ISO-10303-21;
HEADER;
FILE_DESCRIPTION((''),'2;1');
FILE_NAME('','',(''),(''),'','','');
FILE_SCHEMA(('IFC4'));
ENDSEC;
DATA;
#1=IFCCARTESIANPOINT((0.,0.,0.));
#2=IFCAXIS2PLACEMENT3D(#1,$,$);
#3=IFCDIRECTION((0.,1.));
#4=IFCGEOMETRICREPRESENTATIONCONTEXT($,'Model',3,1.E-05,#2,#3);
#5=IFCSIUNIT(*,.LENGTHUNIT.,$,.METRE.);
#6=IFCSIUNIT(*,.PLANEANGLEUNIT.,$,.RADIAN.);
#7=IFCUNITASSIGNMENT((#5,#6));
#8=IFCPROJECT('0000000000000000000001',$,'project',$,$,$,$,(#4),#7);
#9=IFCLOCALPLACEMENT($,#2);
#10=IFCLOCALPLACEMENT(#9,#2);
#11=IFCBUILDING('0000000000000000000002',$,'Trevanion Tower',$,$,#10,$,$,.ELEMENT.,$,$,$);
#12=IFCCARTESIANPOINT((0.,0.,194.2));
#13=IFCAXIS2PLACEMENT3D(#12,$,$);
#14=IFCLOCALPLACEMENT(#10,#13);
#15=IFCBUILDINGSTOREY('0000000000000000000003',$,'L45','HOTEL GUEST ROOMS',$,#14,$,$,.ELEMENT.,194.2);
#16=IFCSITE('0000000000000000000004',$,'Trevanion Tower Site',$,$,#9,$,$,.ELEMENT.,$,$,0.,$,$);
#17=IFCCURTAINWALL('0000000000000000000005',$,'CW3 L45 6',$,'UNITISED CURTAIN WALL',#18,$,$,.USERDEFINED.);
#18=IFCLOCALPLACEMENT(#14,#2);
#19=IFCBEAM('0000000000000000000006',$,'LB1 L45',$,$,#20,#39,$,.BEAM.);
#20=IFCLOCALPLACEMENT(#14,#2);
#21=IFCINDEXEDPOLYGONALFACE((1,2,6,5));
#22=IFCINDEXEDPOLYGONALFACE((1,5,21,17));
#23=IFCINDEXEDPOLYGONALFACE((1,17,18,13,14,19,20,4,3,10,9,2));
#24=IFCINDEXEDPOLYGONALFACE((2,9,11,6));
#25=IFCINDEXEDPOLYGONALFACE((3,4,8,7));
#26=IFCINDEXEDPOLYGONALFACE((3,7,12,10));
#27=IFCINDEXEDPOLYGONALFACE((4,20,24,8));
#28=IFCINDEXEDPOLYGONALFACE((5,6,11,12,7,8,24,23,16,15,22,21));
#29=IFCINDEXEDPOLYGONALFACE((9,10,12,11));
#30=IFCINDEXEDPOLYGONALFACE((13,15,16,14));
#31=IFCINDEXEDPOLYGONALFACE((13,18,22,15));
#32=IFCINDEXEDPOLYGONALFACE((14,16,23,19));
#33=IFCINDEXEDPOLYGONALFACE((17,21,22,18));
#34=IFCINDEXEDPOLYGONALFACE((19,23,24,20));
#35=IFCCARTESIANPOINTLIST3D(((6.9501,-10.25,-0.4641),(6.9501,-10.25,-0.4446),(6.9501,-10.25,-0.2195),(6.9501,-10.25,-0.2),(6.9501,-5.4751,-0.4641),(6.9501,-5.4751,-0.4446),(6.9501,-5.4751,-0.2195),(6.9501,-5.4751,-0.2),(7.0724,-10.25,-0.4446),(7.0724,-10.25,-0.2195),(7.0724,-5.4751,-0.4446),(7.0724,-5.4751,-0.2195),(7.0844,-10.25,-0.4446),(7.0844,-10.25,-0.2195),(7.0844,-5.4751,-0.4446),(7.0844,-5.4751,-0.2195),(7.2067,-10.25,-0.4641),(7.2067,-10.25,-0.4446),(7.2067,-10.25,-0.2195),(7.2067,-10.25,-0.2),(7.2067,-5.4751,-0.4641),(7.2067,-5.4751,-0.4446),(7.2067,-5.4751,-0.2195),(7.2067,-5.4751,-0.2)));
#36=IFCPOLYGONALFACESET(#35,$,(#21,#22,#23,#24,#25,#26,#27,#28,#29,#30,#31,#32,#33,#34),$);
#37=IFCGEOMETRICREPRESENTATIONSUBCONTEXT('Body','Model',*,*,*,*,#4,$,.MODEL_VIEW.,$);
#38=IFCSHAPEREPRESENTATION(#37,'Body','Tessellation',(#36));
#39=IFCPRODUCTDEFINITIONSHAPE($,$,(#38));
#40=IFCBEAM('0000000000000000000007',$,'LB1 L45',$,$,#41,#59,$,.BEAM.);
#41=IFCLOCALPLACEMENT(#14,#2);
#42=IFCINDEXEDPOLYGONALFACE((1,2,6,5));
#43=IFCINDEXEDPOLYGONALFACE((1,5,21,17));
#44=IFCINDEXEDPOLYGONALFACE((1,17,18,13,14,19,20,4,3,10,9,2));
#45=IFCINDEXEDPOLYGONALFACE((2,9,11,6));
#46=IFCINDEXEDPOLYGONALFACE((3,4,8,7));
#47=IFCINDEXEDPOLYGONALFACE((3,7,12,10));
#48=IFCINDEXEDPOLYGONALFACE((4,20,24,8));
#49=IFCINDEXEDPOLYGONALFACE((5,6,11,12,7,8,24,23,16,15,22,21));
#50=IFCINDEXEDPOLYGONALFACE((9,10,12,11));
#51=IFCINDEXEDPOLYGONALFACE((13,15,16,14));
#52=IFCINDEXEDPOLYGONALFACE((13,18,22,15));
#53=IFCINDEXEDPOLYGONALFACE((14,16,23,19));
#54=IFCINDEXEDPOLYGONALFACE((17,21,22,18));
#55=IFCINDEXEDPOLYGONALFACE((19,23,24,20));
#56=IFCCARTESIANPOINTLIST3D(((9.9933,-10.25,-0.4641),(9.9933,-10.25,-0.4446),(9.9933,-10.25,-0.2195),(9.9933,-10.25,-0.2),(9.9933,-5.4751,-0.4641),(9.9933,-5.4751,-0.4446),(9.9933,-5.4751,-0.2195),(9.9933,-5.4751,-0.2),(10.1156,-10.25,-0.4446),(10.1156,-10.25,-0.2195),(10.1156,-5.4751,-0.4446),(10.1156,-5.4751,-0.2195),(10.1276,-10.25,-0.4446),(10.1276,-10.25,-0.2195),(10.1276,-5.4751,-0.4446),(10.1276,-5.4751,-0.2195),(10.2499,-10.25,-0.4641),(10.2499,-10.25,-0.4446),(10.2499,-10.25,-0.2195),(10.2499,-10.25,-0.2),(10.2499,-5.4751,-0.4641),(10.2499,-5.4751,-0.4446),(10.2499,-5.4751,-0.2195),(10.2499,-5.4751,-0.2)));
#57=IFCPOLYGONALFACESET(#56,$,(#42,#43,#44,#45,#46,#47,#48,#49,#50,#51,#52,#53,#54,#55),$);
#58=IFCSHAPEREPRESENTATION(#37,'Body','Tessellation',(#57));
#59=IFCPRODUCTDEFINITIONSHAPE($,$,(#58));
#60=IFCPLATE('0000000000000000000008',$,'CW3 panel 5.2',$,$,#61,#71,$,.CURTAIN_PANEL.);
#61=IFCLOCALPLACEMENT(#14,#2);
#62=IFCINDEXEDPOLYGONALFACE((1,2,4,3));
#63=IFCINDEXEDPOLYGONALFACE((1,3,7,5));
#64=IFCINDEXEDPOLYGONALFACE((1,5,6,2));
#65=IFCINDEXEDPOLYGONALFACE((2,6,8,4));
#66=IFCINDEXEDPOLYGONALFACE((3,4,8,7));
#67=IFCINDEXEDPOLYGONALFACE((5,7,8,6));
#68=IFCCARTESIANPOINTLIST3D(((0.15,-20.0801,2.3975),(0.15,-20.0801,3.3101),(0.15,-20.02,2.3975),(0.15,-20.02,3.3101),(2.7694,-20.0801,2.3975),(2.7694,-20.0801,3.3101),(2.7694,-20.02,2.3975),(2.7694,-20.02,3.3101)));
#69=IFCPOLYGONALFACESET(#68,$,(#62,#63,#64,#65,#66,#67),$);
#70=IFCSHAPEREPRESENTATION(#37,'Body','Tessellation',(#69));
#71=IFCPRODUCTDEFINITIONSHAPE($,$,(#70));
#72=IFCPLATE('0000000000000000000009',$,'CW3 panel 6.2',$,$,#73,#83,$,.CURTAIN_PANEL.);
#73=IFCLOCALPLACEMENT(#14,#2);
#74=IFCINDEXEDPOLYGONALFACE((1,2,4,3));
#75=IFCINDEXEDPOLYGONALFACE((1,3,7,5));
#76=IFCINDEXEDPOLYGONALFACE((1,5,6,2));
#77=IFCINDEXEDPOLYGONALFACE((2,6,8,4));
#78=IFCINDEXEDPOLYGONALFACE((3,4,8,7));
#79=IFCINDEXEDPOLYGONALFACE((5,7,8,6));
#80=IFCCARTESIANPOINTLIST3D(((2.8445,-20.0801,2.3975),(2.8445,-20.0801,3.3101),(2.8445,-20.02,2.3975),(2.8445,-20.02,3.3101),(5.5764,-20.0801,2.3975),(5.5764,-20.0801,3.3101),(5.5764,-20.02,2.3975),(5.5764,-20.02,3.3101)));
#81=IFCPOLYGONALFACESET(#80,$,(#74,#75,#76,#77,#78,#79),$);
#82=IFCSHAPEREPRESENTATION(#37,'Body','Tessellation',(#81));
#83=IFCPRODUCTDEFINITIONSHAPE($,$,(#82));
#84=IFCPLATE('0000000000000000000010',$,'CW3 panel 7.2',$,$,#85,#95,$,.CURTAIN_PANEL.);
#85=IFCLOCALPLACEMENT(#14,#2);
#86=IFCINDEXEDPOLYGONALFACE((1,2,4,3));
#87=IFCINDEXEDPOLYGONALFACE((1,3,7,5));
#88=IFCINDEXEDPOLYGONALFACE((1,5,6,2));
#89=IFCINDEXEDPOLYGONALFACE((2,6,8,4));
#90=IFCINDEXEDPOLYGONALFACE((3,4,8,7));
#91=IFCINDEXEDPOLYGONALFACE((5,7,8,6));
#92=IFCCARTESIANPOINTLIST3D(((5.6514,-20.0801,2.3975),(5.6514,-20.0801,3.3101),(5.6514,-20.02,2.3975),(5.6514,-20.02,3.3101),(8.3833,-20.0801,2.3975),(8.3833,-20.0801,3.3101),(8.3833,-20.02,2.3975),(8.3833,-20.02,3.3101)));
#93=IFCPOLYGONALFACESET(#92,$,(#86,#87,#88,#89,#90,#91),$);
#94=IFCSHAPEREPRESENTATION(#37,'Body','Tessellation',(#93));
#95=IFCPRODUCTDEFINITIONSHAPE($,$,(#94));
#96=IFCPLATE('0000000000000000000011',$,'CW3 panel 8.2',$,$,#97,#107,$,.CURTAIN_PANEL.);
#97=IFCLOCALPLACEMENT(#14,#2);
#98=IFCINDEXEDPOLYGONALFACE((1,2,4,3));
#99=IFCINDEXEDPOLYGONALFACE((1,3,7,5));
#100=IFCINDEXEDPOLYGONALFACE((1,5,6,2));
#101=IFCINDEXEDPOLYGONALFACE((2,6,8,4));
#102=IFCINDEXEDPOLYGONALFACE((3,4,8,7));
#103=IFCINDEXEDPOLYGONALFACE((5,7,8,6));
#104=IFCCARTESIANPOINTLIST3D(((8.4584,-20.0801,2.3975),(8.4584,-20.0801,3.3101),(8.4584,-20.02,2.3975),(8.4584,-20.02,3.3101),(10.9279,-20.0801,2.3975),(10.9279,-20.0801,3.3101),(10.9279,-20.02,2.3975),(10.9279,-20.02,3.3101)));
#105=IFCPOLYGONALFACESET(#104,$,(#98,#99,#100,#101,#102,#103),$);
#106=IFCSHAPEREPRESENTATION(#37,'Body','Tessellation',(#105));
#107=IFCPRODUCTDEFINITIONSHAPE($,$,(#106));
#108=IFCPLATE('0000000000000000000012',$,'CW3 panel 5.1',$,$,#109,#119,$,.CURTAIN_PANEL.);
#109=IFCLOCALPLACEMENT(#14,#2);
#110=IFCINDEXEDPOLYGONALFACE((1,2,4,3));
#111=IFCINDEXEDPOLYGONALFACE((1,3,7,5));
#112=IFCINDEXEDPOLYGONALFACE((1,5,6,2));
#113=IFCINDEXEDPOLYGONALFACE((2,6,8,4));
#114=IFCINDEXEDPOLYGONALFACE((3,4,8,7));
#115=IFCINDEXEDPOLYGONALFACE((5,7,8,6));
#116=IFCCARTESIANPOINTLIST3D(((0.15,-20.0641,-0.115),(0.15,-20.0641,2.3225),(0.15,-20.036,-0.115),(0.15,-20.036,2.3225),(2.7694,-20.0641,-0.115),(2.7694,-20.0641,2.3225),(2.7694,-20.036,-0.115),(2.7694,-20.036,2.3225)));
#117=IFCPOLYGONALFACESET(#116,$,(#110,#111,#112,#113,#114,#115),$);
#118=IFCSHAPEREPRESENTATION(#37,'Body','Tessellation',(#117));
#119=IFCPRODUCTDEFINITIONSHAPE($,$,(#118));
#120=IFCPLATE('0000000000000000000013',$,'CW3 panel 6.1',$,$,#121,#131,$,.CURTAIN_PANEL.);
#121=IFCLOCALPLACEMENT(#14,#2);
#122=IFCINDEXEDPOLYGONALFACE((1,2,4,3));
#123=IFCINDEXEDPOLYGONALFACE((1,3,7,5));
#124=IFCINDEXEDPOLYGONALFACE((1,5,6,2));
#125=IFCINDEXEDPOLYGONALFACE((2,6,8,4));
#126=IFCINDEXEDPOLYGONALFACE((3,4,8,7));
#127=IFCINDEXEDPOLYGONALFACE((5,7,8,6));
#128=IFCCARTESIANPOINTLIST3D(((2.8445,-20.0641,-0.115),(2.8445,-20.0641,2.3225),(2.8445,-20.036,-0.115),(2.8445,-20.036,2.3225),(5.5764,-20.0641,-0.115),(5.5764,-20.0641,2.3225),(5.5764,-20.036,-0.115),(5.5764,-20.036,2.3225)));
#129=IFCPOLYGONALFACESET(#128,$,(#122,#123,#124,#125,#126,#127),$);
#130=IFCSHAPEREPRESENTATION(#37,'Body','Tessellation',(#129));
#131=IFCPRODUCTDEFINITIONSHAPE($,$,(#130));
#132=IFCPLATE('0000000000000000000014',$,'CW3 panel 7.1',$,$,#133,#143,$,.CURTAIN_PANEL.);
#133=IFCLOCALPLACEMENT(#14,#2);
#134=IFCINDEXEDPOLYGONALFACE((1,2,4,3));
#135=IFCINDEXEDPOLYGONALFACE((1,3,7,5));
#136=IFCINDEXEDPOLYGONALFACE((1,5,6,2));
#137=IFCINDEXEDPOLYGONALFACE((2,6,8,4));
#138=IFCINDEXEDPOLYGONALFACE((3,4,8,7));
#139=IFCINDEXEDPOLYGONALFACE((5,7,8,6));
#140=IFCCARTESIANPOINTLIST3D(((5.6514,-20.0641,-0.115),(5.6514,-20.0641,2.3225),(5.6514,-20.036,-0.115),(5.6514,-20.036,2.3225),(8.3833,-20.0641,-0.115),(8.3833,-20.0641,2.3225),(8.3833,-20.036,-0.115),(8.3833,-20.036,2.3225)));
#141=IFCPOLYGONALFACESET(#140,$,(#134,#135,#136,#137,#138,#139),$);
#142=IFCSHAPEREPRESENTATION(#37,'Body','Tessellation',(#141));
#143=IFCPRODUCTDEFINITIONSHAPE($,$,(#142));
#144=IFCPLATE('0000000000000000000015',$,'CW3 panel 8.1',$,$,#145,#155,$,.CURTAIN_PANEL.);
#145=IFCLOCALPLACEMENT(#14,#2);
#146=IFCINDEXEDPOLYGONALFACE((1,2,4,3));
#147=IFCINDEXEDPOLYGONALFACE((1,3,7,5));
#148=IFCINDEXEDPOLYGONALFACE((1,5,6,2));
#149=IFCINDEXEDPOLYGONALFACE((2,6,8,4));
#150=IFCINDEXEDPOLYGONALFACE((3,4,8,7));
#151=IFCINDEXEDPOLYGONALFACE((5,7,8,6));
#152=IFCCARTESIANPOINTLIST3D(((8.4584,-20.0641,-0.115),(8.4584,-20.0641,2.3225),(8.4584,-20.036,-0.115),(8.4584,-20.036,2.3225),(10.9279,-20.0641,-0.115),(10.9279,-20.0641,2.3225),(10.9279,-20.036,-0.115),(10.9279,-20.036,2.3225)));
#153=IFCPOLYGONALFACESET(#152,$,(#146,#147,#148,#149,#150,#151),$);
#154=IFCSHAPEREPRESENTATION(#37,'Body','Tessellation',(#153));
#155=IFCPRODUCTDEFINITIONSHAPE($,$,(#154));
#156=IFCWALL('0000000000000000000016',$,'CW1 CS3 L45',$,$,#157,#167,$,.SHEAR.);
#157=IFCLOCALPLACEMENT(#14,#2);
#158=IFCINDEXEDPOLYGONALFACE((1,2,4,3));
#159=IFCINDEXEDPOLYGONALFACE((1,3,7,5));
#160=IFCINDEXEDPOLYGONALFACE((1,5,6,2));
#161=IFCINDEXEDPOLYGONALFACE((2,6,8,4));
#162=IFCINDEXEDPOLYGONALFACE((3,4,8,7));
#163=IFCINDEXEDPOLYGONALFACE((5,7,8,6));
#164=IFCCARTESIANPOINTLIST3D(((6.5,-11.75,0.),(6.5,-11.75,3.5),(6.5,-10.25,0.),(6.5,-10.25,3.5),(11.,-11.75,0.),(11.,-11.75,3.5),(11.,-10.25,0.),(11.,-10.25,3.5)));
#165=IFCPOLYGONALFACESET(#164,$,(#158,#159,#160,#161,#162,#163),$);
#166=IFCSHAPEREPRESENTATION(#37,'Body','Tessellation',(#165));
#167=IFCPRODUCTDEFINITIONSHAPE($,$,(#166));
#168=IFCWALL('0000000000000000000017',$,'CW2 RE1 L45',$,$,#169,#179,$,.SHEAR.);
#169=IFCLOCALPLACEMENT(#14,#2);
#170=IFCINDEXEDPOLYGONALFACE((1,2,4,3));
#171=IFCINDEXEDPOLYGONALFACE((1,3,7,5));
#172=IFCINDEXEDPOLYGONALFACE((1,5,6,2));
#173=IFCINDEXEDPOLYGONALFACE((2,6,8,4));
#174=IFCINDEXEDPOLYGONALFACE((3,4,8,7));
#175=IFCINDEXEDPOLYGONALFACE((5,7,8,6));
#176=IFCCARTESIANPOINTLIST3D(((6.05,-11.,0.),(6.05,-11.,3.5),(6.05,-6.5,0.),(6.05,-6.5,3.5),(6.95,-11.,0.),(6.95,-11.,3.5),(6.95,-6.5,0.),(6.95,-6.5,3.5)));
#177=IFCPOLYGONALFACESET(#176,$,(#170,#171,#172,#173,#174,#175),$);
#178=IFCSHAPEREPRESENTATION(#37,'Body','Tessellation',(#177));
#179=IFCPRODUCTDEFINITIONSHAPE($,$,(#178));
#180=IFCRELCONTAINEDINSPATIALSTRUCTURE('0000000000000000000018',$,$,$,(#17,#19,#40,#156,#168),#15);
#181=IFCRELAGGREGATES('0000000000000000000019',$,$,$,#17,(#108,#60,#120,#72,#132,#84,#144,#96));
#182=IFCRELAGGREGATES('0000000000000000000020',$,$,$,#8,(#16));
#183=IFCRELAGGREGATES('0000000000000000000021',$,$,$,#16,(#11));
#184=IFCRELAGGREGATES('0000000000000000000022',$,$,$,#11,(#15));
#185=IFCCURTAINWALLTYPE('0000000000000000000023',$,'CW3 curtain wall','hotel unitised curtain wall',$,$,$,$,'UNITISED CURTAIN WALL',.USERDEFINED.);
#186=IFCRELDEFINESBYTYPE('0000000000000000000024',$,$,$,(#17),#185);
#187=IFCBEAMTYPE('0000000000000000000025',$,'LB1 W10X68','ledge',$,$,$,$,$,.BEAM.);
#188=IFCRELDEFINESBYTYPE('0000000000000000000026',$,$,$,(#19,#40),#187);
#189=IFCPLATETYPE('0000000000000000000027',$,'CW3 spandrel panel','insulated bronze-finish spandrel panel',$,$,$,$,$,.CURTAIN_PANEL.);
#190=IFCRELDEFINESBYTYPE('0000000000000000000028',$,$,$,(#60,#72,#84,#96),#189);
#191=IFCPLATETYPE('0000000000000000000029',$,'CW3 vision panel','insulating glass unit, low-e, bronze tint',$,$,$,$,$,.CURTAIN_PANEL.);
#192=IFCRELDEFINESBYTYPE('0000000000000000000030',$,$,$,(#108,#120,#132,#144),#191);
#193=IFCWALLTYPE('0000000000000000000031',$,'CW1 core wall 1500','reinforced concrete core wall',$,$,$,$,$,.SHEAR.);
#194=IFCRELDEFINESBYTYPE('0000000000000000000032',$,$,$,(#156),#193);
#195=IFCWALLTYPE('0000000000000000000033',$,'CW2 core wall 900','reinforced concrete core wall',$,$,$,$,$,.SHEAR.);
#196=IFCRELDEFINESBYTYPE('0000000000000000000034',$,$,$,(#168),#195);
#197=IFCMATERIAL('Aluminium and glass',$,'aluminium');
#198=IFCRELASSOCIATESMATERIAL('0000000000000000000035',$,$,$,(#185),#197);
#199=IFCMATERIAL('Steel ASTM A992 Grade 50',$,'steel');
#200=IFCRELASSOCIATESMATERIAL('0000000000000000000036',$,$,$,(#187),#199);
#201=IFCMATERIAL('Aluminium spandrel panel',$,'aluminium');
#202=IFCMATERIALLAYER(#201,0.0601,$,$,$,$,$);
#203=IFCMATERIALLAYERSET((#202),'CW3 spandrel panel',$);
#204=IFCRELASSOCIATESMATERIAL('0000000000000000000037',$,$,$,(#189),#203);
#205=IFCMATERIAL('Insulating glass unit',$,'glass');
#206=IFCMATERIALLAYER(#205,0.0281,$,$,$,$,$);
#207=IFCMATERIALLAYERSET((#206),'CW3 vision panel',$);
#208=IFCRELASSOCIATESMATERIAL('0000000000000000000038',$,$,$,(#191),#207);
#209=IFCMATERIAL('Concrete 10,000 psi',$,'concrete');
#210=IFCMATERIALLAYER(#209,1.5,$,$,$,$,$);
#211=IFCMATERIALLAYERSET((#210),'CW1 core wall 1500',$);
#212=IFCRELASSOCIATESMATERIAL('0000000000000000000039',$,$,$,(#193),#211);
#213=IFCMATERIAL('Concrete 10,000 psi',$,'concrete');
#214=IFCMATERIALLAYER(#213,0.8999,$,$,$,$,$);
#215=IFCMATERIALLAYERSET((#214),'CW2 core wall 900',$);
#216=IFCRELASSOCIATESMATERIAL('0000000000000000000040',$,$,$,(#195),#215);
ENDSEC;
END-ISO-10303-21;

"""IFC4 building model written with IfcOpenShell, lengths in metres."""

from ifc_helpers import new_model, si_unit, direction, frame, frame_2d, origin, origin_2d, place, context, subcontext, project, spatial, rectangle, i_section, extrude, material, layer, layer_set, material_profile, profile_set, type_object, element, aggregate, save


model = new_model("IFC4")

# Units and contexts
model_context = context("Model", 3, precision=1e-05, world=origin(), true_north=direction((0.0, 1.0)))
body_context = subcontext(model_context, "Body", "Model", "MODEL_VIEW")
ifc_project = project(units=[si_unit("LENGTHUNIT", "METRE"), si_unit("PLANEANGLEUNIT", "RADIAN")], contexts=[model_context])

# Site, building, storey
site_placement = place(None, origin())
site = spatial("IfcSite", under=ifc_project, at=site_placement, Name="Trevanion Tower Site", CompositionType="ELEMENT", RefElevation=0.0)
building_placement = place(site_placement, origin())
building = spatial("IfcBuilding", under=site, at=building_placement, Name="Trevanion Tower", CompositionType="ELEMENT")
storey_placement = place(building_placement, frame((0.0, 0.0, 194.2)))
storey = spatial("IfcBuildingStorey", under=building, at=storey_placement, Name="L45", Description="HOTEL GUEST ROOMS", CompositionType="ELEMENT", Elevation=194.2)

# Curtain wall
ifc_material_1 = material(Name="Aluminium and glass", Category="aluminium")
curtain_wall_type = type_object("IfcCurtainWallType", Name="CW3 curtain wall", Description="hotel unitised curtain wall", ElementType="UNITISED CURTAIN WALL", PredefinedType="USERDEFINED", material=ifc_material_1)
curtain_wall_placement = place(storey_placement, origin())
curtain_wall = element("IfcCurtainWall", 1, at=curtain_wall_placement, inside=storey, type_object=curtain_wall_type, Name="CW3 L45 6", ObjectType="UNITISED CURTAIN WALL", PredefinedType="USERDEFINED")

# Beams
ifc_material_2 = material(Name="Steel ASTM A992 Grade 50", Category="steel")
ifc_material_profile_1 = material_profile(ifc_material_2, i_section(OverallWidth=0.2566, OverallDepth=0.2642, WebThickness=0.012, FlangeThickness=0.0195, at=origin_2d()), Name="W10X68")
ifc_profile_set_1 = profile_set([ifc_material_profile_1], Name="Steel ASTM A992 Grade 50")
beam_type_1 = type_object("IfcBeamType", Name="LB1 W10X68", Description="ledge", PredefinedType="BEAM", material=ifc_profile_set_1)
for number, where, z_axis, x_axis, name in (
    (2, (7.0784, -10.25, -0.332), (0.0, 1.0, 0.0), (-1.0, 0.0, 0.0), "LB1 L45"),
    (3, (10.1216, -10.25, -0.332), (0.0, 1.0, 0.0), (-1.0, 0.0, 0.0), "LB1 L45"),
):
    element("IfcBeam", number, at=place(storey_placement, frame(where, z_axis=z_axis, x_axis=x_axis)), inside=storey, type_object=beam_type_1, Name=name, PredefinedType="BEAM", context=body_context, shape_type="SweptSolid", body=[
        extrude(i_section(OverallWidth=0.2566, OverallDepth=0.2642, WebThickness=0.012, FlangeThickness=0.0195, at=origin_2d()), origin(), (0.0, 0.0, 1.0), 4.7749),
    ])

# Plates
ifc_material_3 = material(Name="Aluminium spandrel panel", Category="aluminium")
ifc_layer_1 = layer(ifc_material_3, 0.0601)
ifc_layer_set_1 = layer_set([ifc_layer_1], Name="CW3 spandrel panel")
plate_type_1 = type_object("IfcPlateType", Name="CW3 spandrel panel", Description="insulated bronze-finish spandrel panel", PredefinedType="CURTAIN_PANEL", material=ifc_layer_set_1)
plate_1_placement = place(storey_placement, frame((1.4597, -20.05, 2.3975), z_axis=(0.0, 0.0, 1.0), x_axis=(1.0, 0.0, 0.0)))
plate_1 = element("IfcPlate", 4, at=plate_1_placement, type_object=plate_type_1, Name="CW3 panel 5.2", PredefinedType="CURTAIN_PANEL", context=body_context, shape_type="SweptSolid", body=[
    extrude(rectangle(XDim=2.6194, YDim=0.0601, at=origin_2d()), origin(), (0.0, 0.0, 1.0), 0.9126),
])
plate_2_placement = place(storey_placement, frame((4.2104, -20.05, 2.3975), z_axis=(0.0, 0.0, 1.0), x_axis=(1.0, 0.0, 0.0)))
plate_2 = element("IfcPlate", 5, at=plate_2_placement, type_object=plate_type_1, Name="CW3 panel 6.2", PredefinedType="CURTAIN_PANEL", context=body_context, shape_type="SweptSolid", body=[
    extrude(rectangle(XDim=2.7319, YDim=0.0601, at=origin_2d()), origin(), (0.0, 0.0, 1.0), 0.9126),
])
plate_3_placement = place(storey_placement, frame((7.0173, -20.05, 2.3975), z_axis=(0.0, 0.0, 1.0), x_axis=(1.0, 0.0, 0.0)))
plate_3 = element("IfcPlate", 6, at=plate_3_placement, type_object=plate_type_1, Name="CW3 panel 7.2", PredefinedType="CURTAIN_PANEL", context=body_context, shape_type="SweptSolid", body=[
    extrude(rectangle(XDim=2.7319, YDim=0.0601, at=origin_2d()), origin(), (0.0, 0.0, 1.0), 0.9126),
])
plate_4_placement = place(storey_placement, frame((9.6931, -20.05, 2.3975), z_axis=(0.0, 0.0, 1.0), x_axis=(1.0, 0.0, 0.0)))
plate_4 = element("IfcPlate", 7, at=plate_4_placement, type_object=plate_type_1, Name="CW3 panel 8.2", PredefinedType="CURTAIN_PANEL", context=body_context, shape_type="SweptSolid", body=[
    extrude(rectangle(XDim=2.4695, YDim=0.0601, at=origin_2d()), origin(), (0.0, 0.0, 1.0), 0.9126),
])
ifc_material_4 = material(Name="Insulating glass unit", Category="glass")
ifc_layer_2 = layer(ifc_material_4, 0.0281)
ifc_layer_set_2 = layer_set([ifc_layer_2], Name="CW3 vision panel")
plate_type_2 = type_object("IfcPlateType", Name="CW3 vision panel", Description="insulating glass unit, low-e, bronze tint", PredefinedType="CURTAIN_PANEL", material=ifc_layer_set_2)
plate_5_placement = place(storey_placement, frame((1.4597, -20.05, -0.115), z_axis=(0.0, 0.0, 1.0), x_axis=(1.0, 0.0, 0.0)))
plate_5 = element("IfcPlate", 8, at=plate_5_placement, type_object=plate_type_2, Name="CW3 panel 5.1", PredefinedType="CURTAIN_PANEL", context=body_context, shape_type="SweptSolid", body=[
    extrude(rectangle(XDim=2.6194, YDim=0.0281, at=origin_2d()), origin(), (0.0, 0.0, 1.0), 2.4375),
])
plate_6_placement = place(storey_placement, frame((4.2104, -20.05, -0.115), z_axis=(0.0, 0.0, 1.0), x_axis=(1.0, 0.0, 0.0)))
plate_6 = element("IfcPlate", 9, at=plate_6_placement, type_object=plate_type_2, Name="CW3 panel 6.1", PredefinedType="CURTAIN_PANEL", context=body_context, shape_type="SweptSolid", body=[
    extrude(rectangle(XDim=2.7319, YDim=0.0281, at=origin_2d()), origin(), (0.0, 0.0, 1.0), 2.4375),
])
plate_7_placement = place(storey_placement, frame((7.0173, -20.05, -0.115), z_axis=(0.0, 0.0, 1.0), x_axis=(1.0, 0.0, 0.0)))
plate_7 = element("IfcPlate", 10, at=plate_7_placement, type_object=plate_type_2, Name="CW3 panel 7.1", PredefinedType="CURTAIN_PANEL", context=body_context, shape_type="SweptSolid", body=[
    extrude(rectangle(XDim=2.7319, YDim=0.0281, at=origin_2d()), origin(), (0.0, 0.0, 1.0), 2.4375),
])
plate_8_placement = place(storey_placement, frame((9.6931, -20.05, -0.115), z_axis=(0.0, 0.0, 1.0), x_axis=(1.0, 0.0, 0.0)))
plate_8 = element("IfcPlate", 11, at=plate_8_placement, type_object=plate_type_2, Name="CW3 panel 8.1", PredefinedType="CURTAIN_PANEL", context=body_context, shape_type="SweptSolid", body=[
    extrude(rectangle(XDim=2.4695, YDim=0.0281, at=origin_2d()), origin(), (0.0, 0.0, 1.0), 2.4375),
])
aggregate(curtain_wall, [plate_5, plate_1, plate_6, plate_2, plate_7, plate_3, plate_8, plate_4])

# Walls
ifc_material_5 = material(Name="Concrete 10,000 psi", Category="concrete")
ifc_layer_3 = layer(ifc_material_5, 1.5)
ifc_layer_set_3 = layer_set([ifc_layer_3], Name="CW1 core wall 1500")
wall_type_1 = type_object("IfcWallType", Name="CW1 core wall 1500", Description="reinforced concrete core wall", PredefinedType="SHEAR", material=ifc_layer_set_3)
wall_1_placement = place(storey_placement, frame((6.5, -11.0, 0.0), z_axis=(0.0, 0.0, 1.0), x_axis=(1.0, 0.0, 0.0)))
element("IfcWall", 12, at=wall_1_placement, inside=storey, type_object=wall_type_1, Name="CW1 CS3 L45", PredefinedType="SHEAR", context=body_context, shape_type="SweptSolid", body=[
    extrude(rectangle(XDim=4.5, YDim=1.5, at=frame_2d((2.25, 0.0))), origin(), (0.0, 0.0, 1.0), 3.5),
])
ifc_material_6 = material(Name="Concrete 10,000 psi", Category="concrete")
ifc_layer_4 = layer(ifc_material_6, 0.8999)
ifc_layer_set_4 = layer_set([ifc_layer_4], Name="CW2 core wall 900")
wall_type_2 = type_object("IfcWallType", Name="CW2 core wall 900", Description="reinforced concrete core wall", PredefinedType="SHEAR", material=ifc_layer_set_4)
wall_2_placement = place(storey_placement, frame((6.5, -11.0, 0.0), z_axis=(0.0, 0.0, 1.0), x_axis=(0.0, 1.0, 0.0)))
element("IfcWall", 13, at=wall_2_placement, inside=storey, type_object=wall_type_2, Name="CW2 RE1 L45", PredefinedType="SHEAR", context=body_context, shape_type="SweptSolid", body=[
    extrude(rectangle(XDim=4.5, YDim=0.8999, at=frame_2d((2.25, 0.0))), origin(), (0.0, 0.0, 1.0), 3.5),
])

save(model, "model.ifc")
